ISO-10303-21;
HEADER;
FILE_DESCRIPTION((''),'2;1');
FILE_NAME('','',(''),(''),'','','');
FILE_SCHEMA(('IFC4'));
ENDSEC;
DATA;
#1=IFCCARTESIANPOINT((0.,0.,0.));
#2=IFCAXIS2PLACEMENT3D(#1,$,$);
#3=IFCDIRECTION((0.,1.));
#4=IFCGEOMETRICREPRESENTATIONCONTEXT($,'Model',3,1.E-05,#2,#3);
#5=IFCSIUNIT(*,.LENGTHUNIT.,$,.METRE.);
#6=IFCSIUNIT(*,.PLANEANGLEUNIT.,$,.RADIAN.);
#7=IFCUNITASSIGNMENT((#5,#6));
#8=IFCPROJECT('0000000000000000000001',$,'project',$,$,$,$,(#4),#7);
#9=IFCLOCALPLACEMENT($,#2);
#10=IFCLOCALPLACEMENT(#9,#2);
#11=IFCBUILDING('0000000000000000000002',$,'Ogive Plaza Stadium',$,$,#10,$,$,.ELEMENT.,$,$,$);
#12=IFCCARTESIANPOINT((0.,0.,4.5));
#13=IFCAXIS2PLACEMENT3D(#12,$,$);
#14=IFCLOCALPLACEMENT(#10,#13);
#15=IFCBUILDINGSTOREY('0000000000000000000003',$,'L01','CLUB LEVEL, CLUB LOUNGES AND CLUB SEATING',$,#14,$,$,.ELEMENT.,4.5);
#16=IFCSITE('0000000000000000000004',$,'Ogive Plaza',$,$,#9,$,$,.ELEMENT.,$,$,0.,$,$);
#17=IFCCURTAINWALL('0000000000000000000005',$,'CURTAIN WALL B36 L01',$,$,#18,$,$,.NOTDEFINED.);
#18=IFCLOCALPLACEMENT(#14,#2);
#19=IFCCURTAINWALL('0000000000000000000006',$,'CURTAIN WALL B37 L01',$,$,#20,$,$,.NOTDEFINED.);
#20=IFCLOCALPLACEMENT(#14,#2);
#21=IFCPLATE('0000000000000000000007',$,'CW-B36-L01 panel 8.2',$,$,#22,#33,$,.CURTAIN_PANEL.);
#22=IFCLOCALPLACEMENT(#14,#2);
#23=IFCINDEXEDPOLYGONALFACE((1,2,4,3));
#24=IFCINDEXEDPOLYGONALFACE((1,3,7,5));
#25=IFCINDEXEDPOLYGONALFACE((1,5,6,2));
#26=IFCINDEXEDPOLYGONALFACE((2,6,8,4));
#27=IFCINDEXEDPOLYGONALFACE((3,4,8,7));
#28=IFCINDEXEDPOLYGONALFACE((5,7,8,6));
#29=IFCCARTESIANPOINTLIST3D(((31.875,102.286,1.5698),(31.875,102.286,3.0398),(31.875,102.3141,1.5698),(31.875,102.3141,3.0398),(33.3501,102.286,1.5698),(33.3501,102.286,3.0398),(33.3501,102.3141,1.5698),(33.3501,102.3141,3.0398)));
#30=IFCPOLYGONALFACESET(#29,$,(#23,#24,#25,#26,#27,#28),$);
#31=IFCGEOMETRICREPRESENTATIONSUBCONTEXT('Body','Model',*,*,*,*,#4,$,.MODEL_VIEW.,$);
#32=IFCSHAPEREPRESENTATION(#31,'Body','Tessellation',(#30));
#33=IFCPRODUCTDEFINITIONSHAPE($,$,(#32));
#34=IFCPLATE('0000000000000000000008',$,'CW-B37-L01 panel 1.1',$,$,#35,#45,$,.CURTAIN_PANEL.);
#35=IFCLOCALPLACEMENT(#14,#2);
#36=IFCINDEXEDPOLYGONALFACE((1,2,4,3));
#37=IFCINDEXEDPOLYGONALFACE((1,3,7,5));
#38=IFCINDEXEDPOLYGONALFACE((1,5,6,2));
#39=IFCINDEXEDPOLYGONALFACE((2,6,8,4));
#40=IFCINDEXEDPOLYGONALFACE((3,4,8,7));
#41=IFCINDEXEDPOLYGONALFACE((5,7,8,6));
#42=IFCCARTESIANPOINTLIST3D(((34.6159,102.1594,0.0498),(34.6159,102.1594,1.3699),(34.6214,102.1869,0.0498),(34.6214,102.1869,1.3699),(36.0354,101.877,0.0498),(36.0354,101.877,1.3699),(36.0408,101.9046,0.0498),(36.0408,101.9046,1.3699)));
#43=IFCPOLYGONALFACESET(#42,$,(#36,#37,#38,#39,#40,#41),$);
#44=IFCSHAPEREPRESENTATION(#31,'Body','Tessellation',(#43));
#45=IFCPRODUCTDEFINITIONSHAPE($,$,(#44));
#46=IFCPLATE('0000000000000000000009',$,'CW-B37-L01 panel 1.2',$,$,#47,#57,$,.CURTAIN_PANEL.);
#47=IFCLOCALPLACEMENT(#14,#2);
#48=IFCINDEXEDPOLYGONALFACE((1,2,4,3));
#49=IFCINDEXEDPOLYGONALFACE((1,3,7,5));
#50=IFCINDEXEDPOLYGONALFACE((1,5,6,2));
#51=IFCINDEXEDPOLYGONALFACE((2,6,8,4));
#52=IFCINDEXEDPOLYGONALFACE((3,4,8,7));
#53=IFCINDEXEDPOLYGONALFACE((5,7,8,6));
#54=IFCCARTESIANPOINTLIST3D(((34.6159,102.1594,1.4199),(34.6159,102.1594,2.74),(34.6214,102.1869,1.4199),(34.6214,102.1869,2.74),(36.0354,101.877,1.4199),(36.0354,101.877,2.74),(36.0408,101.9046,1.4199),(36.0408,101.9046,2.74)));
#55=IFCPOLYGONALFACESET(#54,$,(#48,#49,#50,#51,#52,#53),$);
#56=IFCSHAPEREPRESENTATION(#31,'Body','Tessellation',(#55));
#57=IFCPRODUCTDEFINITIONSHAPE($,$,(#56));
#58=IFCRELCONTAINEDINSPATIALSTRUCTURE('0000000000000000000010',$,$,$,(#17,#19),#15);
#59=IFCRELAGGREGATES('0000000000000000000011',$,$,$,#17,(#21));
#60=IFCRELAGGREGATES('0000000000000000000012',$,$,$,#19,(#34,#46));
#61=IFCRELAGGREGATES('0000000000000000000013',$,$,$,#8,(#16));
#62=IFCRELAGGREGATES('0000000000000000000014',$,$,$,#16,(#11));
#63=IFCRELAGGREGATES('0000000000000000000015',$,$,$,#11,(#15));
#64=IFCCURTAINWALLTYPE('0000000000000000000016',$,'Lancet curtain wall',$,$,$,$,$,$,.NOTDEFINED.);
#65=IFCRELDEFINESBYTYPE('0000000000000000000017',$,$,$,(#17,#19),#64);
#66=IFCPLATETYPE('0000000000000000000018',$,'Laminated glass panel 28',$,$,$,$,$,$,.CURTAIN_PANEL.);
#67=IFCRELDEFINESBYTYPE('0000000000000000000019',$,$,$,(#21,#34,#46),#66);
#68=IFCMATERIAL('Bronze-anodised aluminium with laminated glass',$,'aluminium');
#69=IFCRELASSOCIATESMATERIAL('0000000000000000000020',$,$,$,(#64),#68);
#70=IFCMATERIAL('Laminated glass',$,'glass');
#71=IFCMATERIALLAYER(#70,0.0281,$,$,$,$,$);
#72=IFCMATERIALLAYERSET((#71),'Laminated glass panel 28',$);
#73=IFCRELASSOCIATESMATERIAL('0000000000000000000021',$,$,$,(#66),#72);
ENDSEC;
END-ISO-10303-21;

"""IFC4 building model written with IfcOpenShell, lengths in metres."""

from ifc_helpers import new_model, si_unit, direction, frame, origin, origin_2d, place, context, subcontext, project, spatial, rectangle, extrude, material, layer, layer_set, type_object, element, aggregate, save


model = new_model("IFC4")

# Units and contexts
model_context = context("Model", 3, precision=1e-05, world=origin(), true_north=direction((0.0, 1.0)))
body_context = subcontext(model_context, "Body", "Model", "MODEL_VIEW")
ifc_project = project(units=[si_unit("LENGTHUNIT", "METRE"), si_unit("PLANEANGLEUNIT", "RADIAN")], contexts=[model_context])

# Site, building, storey
site_placement = place(None, origin())
site = spatial("IfcSite", under=ifc_project, at=site_placement, Name="Ogive Plaza", CompositionType="ELEMENT", RefElevation=0.0)
building_placement = place(site_placement, origin())
building = spatial("IfcBuilding", under=site, at=building_placement, Name="Ogive Plaza Stadium", CompositionType="ELEMENT")
storey_placement = place(building_placement, frame((0.0, 0.0, 4.5)))
storey = spatial("IfcBuildingStorey", under=building, at=storey_placement, Name="L01", Description="CLUB LEVEL, CLUB LOUNGES AND CLUB SEATING", CompositionType="ELEMENT", Elevation=4.5)

# Curtain walls
ifc_material_1 = material(Name="Bronze-anodised aluminium with laminated glass", Category="aluminium")
curtain_wall_type = type_object("IfcCurtainWallType", Name="Lancet curtain wall", PredefinedType="NOTDEFINED", material=ifc_material_1)
curtain_wall_1_placement = place(storey_placement, origin())
curtain_wall_1 = element("IfcCurtainWall", 1, at=curtain_wall_1_placement, inside=storey, type_object=curtain_wall_type, Name="CURTAIN WALL B36 L01", PredefinedType="NOTDEFINED")
curtain_wall_2_placement = place(storey_placement, origin())
curtain_wall_2 = element("IfcCurtainWall", 2, at=curtain_wall_2_placement, inside=storey, type_object=curtain_wall_type, Name="CURTAIN WALL B37 L01", PredefinedType="NOTDEFINED")

# Plates
ifc_material_2 = material(Name="Laminated glass", Category="glass")
ifc_layer = layer(ifc_material_2, 0.0281)
ifc_layer_set = layer_set([ifc_layer], Name="Laminated glass panel 28")
plate_type = type_object("IfcPlateType", Name="Laminated glass panel 28", PredefinedType="CURTAIN_PANEL", material=ifc_layer_set)
plate_1_placement = place(storey_placement, frame((32.6125, 102.3, 1.5698), z_axis=(0.0, 0.0, 1.0), x_axis=(1.0, 0.0, 0.0)))
plate_1 = element("IfcPlate", 3, at=plate_1_placement, type_object=plate_type, Name="CW-B36-L01 panel 8.2", PredefinedType="CURTAIN_PANEL", context=body_context, shape_type="SweptSolid", body=[
    extrude(rectangle(XDim=1.4751, YDim=0.0281, at=origin_2d()), origin(), (0.0, 0.0, 1.0), 1.47),
])
aggregate(curtain_wall_1, [plate_1])
plate_2_placement = place(storey_placement, frame((35.3284, 102.032, 0.0498), z_axis=(0.0, 0.0, 1.0), x_axis=(0.980785, -0.19509, 0.0)))
plate_2 = element("IfcPlate", 4, at=plate_2_placement, type_object=plate_type, Name="CW-B37-L01 panel 1.1", PredefinedType="CURTAIN_PANEL", context=body_context, shape_type="SweptSolid", body=[
    extrude(rectangle(XDim=1.4473, YDim=0.0281, at=origin_2d()), origin(), (0.0, 0.0, 1.0), 1.3201),
])
plate_3_placement = place(storey_placement, frame((35.3284, 102.032, 1.4199), z_axis=(0.0, 0.0, 1.0), x_axis=(0.980785, -0.19509, 0.0)))
plate_3 = element("IfcPlate", 5, at=plate_3_placement, type_object=plate_type, Name="CW-B37-L01 panel 1.2", PredefinedType="CURTAIN_PANEL", context=body_context, shape_type="SweptSolid", body=[
    extrude(rectangle(XDim=1.4473, YDim=0.0281, at=origin_2d()), origin(), (0.0, 0.0, 1.0), 1.3201),
])
aggregate(curtain_wall_2, [plate_2, plate_3])

save(model, "model.ifc")
